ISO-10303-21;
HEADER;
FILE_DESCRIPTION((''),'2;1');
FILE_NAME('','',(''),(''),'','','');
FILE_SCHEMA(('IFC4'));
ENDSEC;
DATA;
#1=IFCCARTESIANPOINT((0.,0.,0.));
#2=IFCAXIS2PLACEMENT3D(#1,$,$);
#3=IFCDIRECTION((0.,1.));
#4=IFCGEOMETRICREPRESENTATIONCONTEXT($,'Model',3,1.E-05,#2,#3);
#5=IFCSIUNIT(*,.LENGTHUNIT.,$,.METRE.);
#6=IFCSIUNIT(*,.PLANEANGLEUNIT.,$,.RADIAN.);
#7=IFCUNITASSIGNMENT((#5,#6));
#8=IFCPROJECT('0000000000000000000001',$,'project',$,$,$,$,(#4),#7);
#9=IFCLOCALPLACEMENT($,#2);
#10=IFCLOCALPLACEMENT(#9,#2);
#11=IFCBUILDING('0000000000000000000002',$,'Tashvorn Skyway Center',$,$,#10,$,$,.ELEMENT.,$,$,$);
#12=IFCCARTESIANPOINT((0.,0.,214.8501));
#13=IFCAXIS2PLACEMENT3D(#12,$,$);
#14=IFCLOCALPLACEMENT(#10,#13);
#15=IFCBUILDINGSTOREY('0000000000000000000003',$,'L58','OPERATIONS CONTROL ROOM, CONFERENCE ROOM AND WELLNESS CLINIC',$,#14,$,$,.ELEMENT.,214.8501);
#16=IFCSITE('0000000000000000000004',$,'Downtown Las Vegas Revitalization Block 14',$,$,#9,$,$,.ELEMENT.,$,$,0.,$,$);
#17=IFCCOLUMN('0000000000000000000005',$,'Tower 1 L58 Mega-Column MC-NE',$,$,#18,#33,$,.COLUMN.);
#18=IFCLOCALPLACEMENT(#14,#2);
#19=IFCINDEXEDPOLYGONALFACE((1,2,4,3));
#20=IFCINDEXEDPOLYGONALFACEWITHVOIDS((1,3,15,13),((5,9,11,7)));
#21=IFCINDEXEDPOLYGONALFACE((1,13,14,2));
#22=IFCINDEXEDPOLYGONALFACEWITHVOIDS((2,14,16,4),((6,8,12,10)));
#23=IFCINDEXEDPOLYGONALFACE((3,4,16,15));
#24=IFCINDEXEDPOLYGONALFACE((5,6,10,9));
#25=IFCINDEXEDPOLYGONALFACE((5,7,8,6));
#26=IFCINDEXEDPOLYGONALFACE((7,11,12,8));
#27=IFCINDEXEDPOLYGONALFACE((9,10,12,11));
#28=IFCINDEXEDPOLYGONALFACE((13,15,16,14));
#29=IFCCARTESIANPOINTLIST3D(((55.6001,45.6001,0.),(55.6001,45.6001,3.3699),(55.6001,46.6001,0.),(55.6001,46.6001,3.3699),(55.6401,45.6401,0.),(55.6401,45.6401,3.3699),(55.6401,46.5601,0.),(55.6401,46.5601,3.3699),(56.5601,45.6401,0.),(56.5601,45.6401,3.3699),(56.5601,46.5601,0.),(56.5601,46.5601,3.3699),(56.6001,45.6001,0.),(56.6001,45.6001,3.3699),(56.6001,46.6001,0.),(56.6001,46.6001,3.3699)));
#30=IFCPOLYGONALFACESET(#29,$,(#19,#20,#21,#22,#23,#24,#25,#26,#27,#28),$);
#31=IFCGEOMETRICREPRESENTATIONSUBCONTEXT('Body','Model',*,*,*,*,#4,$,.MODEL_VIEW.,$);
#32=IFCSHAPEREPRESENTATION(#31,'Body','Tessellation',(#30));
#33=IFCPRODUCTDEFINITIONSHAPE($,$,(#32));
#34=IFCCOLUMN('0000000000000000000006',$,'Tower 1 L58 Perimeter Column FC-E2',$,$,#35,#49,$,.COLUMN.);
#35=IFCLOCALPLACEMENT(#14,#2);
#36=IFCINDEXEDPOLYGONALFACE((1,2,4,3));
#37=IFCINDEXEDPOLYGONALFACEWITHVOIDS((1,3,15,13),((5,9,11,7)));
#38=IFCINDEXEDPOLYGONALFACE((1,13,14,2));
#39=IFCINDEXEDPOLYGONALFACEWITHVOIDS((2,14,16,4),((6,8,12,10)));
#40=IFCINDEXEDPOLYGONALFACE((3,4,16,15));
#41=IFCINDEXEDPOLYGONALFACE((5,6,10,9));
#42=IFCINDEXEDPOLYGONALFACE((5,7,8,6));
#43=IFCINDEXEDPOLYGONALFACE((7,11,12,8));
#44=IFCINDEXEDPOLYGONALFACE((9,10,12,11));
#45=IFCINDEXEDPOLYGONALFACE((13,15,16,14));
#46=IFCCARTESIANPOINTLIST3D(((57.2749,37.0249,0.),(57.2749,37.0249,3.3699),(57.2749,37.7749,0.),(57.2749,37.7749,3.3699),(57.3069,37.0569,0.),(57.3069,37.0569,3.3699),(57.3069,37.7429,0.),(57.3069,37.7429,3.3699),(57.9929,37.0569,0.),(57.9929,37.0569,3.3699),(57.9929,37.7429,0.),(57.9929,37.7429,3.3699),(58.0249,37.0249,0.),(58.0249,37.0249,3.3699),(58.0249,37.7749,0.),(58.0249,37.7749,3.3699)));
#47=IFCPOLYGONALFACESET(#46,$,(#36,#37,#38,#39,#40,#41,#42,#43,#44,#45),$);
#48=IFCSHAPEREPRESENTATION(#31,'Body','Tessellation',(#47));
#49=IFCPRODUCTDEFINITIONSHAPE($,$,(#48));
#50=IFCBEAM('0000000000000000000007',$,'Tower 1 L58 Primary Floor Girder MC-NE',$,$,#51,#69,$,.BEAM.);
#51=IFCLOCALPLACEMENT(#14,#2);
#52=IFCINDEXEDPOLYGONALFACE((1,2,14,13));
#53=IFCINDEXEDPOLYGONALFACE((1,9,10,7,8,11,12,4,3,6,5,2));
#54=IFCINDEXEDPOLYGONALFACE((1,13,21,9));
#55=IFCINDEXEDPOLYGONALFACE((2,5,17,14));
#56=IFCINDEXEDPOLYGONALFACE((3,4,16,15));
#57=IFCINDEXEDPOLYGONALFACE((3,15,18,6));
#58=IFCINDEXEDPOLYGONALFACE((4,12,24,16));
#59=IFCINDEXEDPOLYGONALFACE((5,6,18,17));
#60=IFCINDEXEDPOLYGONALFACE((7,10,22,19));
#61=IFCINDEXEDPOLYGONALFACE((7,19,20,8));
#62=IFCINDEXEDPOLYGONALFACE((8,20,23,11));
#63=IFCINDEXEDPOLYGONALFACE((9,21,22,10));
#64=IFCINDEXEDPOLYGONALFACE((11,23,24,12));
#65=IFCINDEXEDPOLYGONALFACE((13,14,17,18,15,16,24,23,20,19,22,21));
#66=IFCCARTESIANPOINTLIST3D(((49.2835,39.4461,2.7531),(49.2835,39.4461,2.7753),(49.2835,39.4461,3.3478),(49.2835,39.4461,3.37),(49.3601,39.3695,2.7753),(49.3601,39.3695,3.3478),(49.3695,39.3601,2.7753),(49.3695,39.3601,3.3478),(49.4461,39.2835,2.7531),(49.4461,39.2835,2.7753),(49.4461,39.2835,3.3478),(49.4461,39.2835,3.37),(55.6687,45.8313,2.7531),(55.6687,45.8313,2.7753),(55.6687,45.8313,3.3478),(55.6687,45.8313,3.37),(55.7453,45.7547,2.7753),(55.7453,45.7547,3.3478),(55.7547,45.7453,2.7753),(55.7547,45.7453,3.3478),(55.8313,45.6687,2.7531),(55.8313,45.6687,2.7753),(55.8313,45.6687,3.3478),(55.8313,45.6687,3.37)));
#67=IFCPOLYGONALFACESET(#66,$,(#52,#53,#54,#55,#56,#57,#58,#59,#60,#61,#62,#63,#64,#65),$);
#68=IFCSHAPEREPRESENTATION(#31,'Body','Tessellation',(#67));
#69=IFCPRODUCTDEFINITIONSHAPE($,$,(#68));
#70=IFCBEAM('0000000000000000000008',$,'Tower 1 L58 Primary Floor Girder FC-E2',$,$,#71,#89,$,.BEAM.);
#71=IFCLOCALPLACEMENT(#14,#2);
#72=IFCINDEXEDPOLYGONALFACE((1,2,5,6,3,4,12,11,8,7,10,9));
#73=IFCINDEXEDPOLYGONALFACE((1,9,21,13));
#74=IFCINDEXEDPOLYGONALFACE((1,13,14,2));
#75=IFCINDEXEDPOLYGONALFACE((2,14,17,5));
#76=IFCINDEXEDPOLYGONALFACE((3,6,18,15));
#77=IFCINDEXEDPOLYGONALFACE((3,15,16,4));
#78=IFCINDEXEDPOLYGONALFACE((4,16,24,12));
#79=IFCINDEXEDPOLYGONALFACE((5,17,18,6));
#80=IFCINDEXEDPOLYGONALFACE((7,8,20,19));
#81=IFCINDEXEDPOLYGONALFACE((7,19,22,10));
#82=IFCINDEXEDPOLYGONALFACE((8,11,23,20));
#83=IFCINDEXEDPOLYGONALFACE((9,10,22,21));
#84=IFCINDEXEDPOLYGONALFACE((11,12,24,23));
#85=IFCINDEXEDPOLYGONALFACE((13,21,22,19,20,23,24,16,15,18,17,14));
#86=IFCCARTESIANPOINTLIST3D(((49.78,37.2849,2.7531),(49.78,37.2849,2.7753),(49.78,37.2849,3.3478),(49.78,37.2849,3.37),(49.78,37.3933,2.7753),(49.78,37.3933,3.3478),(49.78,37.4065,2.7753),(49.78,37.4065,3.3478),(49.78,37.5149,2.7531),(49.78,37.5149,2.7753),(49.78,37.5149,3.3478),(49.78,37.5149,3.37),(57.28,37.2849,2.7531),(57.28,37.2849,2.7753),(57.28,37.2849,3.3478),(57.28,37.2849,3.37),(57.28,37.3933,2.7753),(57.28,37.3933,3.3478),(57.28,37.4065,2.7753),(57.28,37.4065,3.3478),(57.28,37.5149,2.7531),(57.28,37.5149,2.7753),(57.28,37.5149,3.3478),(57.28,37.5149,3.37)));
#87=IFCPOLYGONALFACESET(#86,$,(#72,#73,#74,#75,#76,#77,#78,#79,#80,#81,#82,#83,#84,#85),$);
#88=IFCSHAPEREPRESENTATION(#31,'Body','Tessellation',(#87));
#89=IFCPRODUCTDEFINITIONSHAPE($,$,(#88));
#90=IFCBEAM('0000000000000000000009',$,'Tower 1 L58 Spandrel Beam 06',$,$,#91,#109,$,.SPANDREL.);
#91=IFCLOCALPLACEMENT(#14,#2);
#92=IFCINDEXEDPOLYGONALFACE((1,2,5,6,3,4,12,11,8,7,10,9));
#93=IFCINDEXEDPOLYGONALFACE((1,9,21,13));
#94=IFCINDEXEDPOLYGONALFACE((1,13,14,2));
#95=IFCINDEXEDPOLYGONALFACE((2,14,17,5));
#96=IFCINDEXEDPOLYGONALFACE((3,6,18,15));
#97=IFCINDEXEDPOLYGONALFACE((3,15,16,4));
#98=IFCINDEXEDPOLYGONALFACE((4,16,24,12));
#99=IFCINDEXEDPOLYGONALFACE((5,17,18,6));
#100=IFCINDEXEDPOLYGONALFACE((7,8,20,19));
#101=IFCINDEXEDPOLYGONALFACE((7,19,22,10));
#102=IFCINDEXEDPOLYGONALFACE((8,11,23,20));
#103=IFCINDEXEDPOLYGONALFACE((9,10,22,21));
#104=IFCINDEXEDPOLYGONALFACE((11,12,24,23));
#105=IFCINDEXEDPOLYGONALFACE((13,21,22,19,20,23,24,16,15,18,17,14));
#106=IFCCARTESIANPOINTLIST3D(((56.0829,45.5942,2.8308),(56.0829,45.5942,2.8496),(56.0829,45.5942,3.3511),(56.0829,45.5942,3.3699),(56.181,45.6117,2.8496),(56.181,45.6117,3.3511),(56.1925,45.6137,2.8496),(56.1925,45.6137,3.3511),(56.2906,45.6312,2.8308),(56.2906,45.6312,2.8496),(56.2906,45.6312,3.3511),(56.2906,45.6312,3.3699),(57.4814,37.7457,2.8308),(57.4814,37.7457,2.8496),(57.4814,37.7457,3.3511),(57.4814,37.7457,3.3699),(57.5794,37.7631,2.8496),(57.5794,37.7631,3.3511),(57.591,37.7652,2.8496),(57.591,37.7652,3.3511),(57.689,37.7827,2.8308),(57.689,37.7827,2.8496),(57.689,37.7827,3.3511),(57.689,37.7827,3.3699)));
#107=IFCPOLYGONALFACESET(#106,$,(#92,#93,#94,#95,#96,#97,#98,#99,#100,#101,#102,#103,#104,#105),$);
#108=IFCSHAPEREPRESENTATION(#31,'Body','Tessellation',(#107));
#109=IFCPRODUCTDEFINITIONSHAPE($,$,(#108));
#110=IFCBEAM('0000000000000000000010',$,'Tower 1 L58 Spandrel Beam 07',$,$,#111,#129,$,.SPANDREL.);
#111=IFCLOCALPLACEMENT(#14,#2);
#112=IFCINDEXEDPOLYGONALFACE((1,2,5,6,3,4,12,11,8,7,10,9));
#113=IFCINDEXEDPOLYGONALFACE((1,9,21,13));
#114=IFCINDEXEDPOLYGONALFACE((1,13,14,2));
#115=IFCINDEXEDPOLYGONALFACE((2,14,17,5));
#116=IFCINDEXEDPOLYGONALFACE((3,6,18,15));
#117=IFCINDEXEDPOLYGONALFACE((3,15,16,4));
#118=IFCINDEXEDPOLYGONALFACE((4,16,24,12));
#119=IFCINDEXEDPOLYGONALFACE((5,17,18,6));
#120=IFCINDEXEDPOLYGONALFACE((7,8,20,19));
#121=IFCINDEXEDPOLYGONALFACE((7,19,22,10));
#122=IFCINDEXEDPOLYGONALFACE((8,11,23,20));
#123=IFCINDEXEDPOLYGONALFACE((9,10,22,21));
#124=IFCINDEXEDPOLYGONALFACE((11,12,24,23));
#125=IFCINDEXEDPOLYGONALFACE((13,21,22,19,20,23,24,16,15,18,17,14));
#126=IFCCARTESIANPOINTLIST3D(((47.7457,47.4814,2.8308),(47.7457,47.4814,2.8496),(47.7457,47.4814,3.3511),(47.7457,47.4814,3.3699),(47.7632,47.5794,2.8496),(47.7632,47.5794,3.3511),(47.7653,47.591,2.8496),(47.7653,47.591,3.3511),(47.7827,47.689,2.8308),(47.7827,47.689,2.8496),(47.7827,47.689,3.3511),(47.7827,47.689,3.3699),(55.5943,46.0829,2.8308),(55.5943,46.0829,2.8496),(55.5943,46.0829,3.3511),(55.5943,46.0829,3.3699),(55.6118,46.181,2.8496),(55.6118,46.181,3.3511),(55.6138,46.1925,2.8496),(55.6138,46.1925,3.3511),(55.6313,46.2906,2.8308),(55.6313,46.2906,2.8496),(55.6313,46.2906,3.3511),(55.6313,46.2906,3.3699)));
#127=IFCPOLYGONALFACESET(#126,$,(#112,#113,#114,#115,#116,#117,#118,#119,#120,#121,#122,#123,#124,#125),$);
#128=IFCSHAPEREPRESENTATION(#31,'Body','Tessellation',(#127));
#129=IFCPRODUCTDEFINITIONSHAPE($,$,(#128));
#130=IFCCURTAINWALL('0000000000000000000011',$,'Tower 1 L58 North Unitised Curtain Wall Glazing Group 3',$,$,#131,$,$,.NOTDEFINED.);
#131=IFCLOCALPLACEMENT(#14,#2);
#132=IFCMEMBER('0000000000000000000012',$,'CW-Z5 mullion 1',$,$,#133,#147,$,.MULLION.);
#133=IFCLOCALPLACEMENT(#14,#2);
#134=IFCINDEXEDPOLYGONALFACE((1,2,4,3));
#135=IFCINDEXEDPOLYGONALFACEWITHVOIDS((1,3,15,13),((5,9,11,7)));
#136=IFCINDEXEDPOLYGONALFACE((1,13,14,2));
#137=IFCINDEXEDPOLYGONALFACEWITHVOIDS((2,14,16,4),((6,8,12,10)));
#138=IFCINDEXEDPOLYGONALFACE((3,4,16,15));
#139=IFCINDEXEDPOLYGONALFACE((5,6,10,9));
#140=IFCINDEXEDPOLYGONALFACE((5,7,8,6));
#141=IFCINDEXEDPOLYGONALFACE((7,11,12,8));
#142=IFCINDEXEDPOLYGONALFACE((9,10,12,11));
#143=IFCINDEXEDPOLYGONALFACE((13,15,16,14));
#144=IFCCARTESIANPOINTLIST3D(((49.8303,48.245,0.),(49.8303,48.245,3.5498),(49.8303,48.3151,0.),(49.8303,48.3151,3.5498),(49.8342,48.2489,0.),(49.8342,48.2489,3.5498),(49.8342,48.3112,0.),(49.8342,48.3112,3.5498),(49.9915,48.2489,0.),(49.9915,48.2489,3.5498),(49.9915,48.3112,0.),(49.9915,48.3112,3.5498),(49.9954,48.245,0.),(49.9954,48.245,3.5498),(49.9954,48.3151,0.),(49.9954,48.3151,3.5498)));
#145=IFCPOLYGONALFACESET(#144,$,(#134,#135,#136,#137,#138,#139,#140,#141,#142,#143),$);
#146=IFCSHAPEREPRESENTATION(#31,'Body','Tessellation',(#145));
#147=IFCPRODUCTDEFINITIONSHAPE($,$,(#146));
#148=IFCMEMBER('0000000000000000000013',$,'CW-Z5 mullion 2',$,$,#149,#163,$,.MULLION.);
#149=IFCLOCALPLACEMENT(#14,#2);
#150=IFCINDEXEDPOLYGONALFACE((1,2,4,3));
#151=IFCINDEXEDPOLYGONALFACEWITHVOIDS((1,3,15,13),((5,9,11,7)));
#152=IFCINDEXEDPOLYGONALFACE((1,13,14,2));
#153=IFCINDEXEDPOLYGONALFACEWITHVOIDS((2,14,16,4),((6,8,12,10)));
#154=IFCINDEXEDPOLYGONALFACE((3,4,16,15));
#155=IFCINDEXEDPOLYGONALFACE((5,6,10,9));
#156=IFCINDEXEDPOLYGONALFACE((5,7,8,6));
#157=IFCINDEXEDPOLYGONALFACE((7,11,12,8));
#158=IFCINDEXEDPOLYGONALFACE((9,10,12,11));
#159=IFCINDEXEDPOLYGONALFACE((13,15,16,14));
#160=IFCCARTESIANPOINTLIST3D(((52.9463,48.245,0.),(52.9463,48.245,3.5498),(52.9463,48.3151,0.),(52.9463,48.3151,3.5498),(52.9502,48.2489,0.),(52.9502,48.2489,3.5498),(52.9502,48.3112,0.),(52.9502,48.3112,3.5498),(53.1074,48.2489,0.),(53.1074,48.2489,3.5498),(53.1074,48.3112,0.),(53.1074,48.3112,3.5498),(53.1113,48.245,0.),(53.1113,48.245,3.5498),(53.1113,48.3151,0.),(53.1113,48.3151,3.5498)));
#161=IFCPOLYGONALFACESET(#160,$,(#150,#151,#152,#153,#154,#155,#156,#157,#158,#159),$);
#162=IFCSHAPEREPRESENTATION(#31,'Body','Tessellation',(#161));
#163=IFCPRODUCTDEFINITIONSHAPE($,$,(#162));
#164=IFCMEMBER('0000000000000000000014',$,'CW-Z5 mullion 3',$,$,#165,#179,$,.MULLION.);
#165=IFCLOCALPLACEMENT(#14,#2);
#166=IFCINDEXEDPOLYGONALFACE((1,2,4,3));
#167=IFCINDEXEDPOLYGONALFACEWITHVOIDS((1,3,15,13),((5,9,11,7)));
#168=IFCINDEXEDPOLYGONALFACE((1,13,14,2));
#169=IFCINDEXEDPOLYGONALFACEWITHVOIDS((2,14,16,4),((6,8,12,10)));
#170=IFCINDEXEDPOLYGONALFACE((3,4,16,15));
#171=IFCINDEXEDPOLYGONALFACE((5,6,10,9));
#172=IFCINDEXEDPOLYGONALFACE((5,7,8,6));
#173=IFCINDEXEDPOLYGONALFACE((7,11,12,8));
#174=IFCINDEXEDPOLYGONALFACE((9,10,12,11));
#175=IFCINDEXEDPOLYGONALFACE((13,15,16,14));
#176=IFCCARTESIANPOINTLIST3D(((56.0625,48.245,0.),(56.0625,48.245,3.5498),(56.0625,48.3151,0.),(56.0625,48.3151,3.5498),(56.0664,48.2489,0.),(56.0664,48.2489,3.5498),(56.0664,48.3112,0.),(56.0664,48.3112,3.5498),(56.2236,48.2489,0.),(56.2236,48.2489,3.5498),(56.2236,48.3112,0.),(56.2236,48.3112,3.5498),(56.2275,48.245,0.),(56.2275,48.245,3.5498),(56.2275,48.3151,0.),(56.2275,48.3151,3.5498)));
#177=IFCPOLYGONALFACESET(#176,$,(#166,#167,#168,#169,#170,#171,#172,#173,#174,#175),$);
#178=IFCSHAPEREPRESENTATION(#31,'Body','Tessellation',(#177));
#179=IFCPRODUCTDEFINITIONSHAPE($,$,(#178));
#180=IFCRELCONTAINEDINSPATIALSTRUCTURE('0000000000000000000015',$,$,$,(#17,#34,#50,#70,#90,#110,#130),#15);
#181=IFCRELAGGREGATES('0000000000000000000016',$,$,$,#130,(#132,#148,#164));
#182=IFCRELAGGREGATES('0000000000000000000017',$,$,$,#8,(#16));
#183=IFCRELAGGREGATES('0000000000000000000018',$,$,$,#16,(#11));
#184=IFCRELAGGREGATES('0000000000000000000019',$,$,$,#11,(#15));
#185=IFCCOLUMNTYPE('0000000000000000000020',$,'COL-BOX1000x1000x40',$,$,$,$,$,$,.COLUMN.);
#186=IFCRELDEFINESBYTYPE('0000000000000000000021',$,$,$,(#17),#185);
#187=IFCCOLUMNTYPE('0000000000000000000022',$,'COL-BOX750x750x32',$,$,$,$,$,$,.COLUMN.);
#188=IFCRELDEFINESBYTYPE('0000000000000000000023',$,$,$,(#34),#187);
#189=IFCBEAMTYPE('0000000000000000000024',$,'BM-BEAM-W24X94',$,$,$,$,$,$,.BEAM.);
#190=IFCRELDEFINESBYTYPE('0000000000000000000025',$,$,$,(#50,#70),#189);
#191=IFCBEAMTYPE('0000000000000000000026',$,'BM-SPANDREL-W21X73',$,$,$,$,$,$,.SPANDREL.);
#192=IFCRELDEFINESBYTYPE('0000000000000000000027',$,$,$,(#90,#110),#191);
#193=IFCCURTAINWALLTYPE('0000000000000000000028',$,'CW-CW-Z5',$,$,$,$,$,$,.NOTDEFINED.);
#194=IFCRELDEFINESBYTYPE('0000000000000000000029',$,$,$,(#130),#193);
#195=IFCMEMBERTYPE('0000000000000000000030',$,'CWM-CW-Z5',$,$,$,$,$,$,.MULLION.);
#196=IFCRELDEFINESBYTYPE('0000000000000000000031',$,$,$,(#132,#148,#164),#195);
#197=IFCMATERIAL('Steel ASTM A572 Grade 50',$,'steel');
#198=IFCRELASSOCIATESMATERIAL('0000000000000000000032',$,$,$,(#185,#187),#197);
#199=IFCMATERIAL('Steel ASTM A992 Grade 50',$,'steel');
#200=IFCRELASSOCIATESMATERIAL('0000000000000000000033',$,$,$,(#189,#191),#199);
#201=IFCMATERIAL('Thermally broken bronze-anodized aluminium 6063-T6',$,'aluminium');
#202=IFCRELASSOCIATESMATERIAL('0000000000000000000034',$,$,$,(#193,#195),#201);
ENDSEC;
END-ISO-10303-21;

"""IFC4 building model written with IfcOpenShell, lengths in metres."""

from ifc_helpers import new_model, si_unit, direction, frame, origin, origin_2d, place, context, subcontext, project, spatial, hollow_rectangle, i_section, extrude, material, material_profile, profile_set, type_object, element, aggregate, save


model = new_model("IFC4")

# Units and contexts
model_context = context("Model", 3, precision=1e-05, world=origin(), true_north=direction((0.0, 1.0)))
body_context = subcontext(model_context, "Body", "Model", "MODEL_VIEW")
ifc_project = project(units=[si_unit("LENGTHUNIT", "METRE"), si_unit("PLANEANGLEUNIT", "RADIAN")], contexts=[model_context])

# Site, building, storey
site_placement = place(None, origin())
site = spatial("IfcSite", under=ifc_project, at=site_placement, Name="Downtown Las Vegas Revitalization Block 14", CompositionType="ELEMENT", RefElevation=0.0)
building_placement = place(site_placement, origin())
building = spatial("IfcBuilding", under=site, at=building_placement, Name="Tashvorn Skyway Center", CompositionType="ELEMENT")
storey_placement = place(building_placement, frame((0.0, 0.0, 214.8501)))
storey = spatial("IfcBuildingStorey", under=building, at=storey_placement, Name="L58", Description="OPERATIONS CONTROL ROOM, CONFERENCE ROOM AND WELLNESS CLINIC", CompositionType="ELEMENT", Elevation=214.8501)

# Columns
ifc_material_1 = material(Name="Steel ASTM A572 Grade 50", Category="steel")
ifc_material_profile_1 = material_profile(ifc_material_1, hollow_rectangle(XDim=1.0, YDim=1.0, WallThickness=0.04, at=origin_2d()), Name="BOX1000x1000x40")
ifc_profile_set_1 = profile_set([ifc_material_profile_1], Name="Steel ASTM A572 Grade 50")
column_type_1 = type_object("IfcColumnType", Name="COL-BOX1000x1000x40", PredefinedType="COLUMN", material=ifc_profile_set_1)
column_1_placement = place(storey_placement, frame((56.1001, 46.1001, 0.0), z_axis=(0.0, 0.0, 1.0), x_axis=(1.0, 0.0, 0.0)))
element("IfcColumn", 1, at=column_1_placement, inside=storey, type_object=column_type_1, Name="Tower 1 L58 Mega-Column MC-NE", PredefinedType="COLUMN", context=body_context, shape_type="SweptSolid", body=[
    extrude(hollow_rectangle(XDim=1.0, YDim=1.0, WallThickness=0.04, at=origin_2d()), origin(), (0.0, 0.0, 1.0), 3.3699),
])
ifc_material_profile_2 = material_profile(ifc_material_1, hollow_rectangle(XDim=0.75, YDim=0.75, WallThickness=0.032, at=origin_2d()), Name="BOX750x750x32")
ifc_profile_set_2 = profile_set([ifc_material_profile_2], Name="Steel ASTM A572 Grade 50")
column_type_2 = type_object("IfcColumnType", Name="COL-BOX750x750x32", PredefinedType="COLUMN", material=ifc_profile_set_2)
column_2_placement = place(storey_placement, frame((57.6499, 37.3999, 0.0), z_axis=(0.0, 0.0, 1.0), x_axis=(1.0, 0.0, 0.0)))
element("IfcColumn", 2, at=column_2_placement, inside=storey, type_object=column_type_2, Name="Tower 1 L58 Perimeter Column FC-E2", PredefinedType="COLUMN", context=body_context, shape_type="SweptSolid", body=[
    extrude(hollow_rectangle(XDim=0.75, YDim=0.75, WallThickness=0.032, at=origin_2d()), origin(), (0.0, 0.0, 1.0), 3.3699),
])

# Beams
ifc_material_2 = material(Name="Steel ASTM A992 Grade 50", Category="steel")
ifc_material_profile_3 = material_profile(ifc_material_2, i_section(OverallWidth=0.23, OverallDepth=0.6169, WebThickness=0.0132, FlangeThickness=0.0222, at=origin_2d()), Name="W24X94")
ifc_profile_set_3 = profile_set([ifc_material_profile_3], Name="Steel ASTM A992 Grade 50")
beam_type_1 = type_object("IfcBeamType", Name="BM-BEAM-W24X94", PredefinedType="BEAM", material=ifc_profile_set_3)
beam_1_placement = place(storey_placement, frame((55.75, 45.75, 3.0615), z_axis=(-0.707107, -0.707107, 0.0), x_axis=(0.707107, -0.707107, 0.0)))
element("IfcBeam", 3, at=beam_1_placement, inside=storey, type_object=beam_type_1, Name="Tower 1 L58 Primary Floor Girder MC-NE", PredefinedType="BEAM", context=body_context, shape_type="SweptSolid", body=[
    extrude(i_section(OverallWidth=0.23, OverallDepth=0.6169, WebThickness=0.0132, FlangeThickness=0.0222, at=origin_2d()), origin(), (0.0, 0.0, 1.0), 9.03),
])
beam_2_placement = place(storey_placement, frame((57.28, 37.3999, 3.0615), z_axis=(-1.0, 0.0, 0.0), x_axis=(0.0, -1.0, 0.0)))
element("IfcBeam", 4, at=beam_2_placement, inside=storey, type_object=beam_type_1, Name="Tower 1 L58 Primary Floor Girder FC-E2", PredefinedType="BEAM", context=body_context, shape_type="SweptSolid", body=[
    extrude(i_section(OverallWidth=0.23, OverallDepth=0.6169, WebThickness=0.0132, FlangeThickness=0.0222, at=origin_2d()), origin(), (0.0, 0.0, 1.0), 7.5),
])
ifc_material_profile_4 = material_profile(ifc_material_2, i_section(OverallWidth=0.2109, OverallDepth=0.5391, WebThickness=0.0117, FlangeThickness=0.0188, at=origin_2d()), Name="W21X73")
ifc_profile_set_4 = profile_set([ifc_material_profile_4], Name="Steel ASTM A992 Grade 50")
beam_type_2 = type_object("IfcBeamType", Name="BM-SPANDREL-W21X73", PredefinedType="SPANDREL", material=ifc_profile_set_4)
for number, where, z_axis, x_axis, name in (
    (5, (57.5852, 37.7642, 3.1003), (-0.175413, 0.984495, 0.0), (-0.984495, -0.175413, 0.0), "Tower 1 L58 Spandrel Beam 06"),
    (6, (55.6128, 46.1868, 3.1003), (-0.984495, 0.175413, 0.0), (-0.175413, -0.984495, 0.0), "Tower 1 L58 Spandrel Beam 07"),
):
    element("IfcBeam", number, at=place(storey_placement, frame(where, z_axis=z_axis, x_axis=x_axis)), inside=storey, type_object=beam_type_2, Name=name, PredefinedType="SPANDREL", context=body_context, shape_type="SweptSolid", body=[
        extrude(i_section(OverallWidth=0.2109, OverallDepth=0.5391, WebThickness=0.0117, FlangeThickness=0.0188, at=origin_2d()), origin(), (0.0, 0.0, 1.0), 7.9722),
    ])

# Curtain wall, members
ifc_material_3 = material(Name="Thermally broken bronze-anodized aluminium 6063-T6", Category="aluminium")
curtain_wall_type = type_object("IfcCurtainWallType", Name="CW-CW-Z5", PredefinedType="NOTDEFINED", material=ifc_material_3)
curtain_wall_1_placement = place(storey_placement, origin())
curtain_wall_1 = element("IfcCurtainWall", 7, at=curtain_wall_1_placement, inside=storey, type_object=curtain_wall_type, Name="Tower 1 L58 North Unitised Curtain Wall Glazing Group 3", PredefinedType="NOTDEFINED")
ifc_material_profile_5 = material_profile(ifc_material_3, hollow_rectangle(XDim=0.0701, YDim=0.165, WallThickness=0.0039, at=origin_2d()), Name="ALU-MULL-70x165")
ifc_profile_set_5 = profile_set([ifc_material_profile_5], Name="Thermally broken bronze-anodized aluminium 6063-T6")
member_type_1 = type_object("IfcMemberType", Name="CWM-CW-Z5", PredefinedType="MULLION", material=ifc_profile_set_5)
member_1_placement = place(storey_placement, frame((49.9128, 48.28, 0.0), z_axis=(0.0, 0.0, 1.0), x_axis=(0.0, 1.0, 0.0)))
member_1 = element("IfcMember", 8, at=member_1_placement, type_object=member_type_1, Name="CW-Z5 mullion 1", PredefinedType="MULLION", context=body_context, shape_type="SweptSolid", body=[
    extrude(hollow_rectangle(XDim=0.0701, YDim=0.165, WallThickness=0.0039, at=origin_2d()), origin(), (0.0, 0.0, 1.0), 3.5498),
])
member_2_placement = place(storey_placement, frame((53.0288, 48.28, 0.0), z_axis=(0.0, 0.0, 1.0), x_axis=(0.0, 1.0, 0.0)))
member_2 = element("IfcMember", 9, at=member_2_placement, type_object=member_type_1, Name="CW-Z5 mullion 2", PredefinedType="MULLION", context=body_context, shape_type="SweptSolid", body=[
    extrude(hollow_rectangle(XDim=0.0701, YDim=0.165, WallThickness=0.0039, at=origin_2d()), origin(), (0.0, 0.0, 1.0), 3.5498),
])
member_3_placement = place(storey_placement, frame((56.145, 48.28, 0.0), z_axis=(0.0, 0.0, 1.0), x_axis=(0.0, 1.0, 0.0)))
member_3 = element("IfcMember", 10, at=member_3_placement, type_object=member_type_1, Name="CW-Z5 mullion 3", PredefinedType="MULLION", context=body_context, shape_type="SweptSolid", body=[
    extrude(hollow_rectangle(XDim=0.0701, YDim=0.165, WallThickness=0.0039, at=origin_2d()), origin(), (0.0, 0.0, 1.0), 3.5498),
])

aggregate(curtain_wall_1, [member_1, member_2, member_3])

save(model, "model.ifc")
